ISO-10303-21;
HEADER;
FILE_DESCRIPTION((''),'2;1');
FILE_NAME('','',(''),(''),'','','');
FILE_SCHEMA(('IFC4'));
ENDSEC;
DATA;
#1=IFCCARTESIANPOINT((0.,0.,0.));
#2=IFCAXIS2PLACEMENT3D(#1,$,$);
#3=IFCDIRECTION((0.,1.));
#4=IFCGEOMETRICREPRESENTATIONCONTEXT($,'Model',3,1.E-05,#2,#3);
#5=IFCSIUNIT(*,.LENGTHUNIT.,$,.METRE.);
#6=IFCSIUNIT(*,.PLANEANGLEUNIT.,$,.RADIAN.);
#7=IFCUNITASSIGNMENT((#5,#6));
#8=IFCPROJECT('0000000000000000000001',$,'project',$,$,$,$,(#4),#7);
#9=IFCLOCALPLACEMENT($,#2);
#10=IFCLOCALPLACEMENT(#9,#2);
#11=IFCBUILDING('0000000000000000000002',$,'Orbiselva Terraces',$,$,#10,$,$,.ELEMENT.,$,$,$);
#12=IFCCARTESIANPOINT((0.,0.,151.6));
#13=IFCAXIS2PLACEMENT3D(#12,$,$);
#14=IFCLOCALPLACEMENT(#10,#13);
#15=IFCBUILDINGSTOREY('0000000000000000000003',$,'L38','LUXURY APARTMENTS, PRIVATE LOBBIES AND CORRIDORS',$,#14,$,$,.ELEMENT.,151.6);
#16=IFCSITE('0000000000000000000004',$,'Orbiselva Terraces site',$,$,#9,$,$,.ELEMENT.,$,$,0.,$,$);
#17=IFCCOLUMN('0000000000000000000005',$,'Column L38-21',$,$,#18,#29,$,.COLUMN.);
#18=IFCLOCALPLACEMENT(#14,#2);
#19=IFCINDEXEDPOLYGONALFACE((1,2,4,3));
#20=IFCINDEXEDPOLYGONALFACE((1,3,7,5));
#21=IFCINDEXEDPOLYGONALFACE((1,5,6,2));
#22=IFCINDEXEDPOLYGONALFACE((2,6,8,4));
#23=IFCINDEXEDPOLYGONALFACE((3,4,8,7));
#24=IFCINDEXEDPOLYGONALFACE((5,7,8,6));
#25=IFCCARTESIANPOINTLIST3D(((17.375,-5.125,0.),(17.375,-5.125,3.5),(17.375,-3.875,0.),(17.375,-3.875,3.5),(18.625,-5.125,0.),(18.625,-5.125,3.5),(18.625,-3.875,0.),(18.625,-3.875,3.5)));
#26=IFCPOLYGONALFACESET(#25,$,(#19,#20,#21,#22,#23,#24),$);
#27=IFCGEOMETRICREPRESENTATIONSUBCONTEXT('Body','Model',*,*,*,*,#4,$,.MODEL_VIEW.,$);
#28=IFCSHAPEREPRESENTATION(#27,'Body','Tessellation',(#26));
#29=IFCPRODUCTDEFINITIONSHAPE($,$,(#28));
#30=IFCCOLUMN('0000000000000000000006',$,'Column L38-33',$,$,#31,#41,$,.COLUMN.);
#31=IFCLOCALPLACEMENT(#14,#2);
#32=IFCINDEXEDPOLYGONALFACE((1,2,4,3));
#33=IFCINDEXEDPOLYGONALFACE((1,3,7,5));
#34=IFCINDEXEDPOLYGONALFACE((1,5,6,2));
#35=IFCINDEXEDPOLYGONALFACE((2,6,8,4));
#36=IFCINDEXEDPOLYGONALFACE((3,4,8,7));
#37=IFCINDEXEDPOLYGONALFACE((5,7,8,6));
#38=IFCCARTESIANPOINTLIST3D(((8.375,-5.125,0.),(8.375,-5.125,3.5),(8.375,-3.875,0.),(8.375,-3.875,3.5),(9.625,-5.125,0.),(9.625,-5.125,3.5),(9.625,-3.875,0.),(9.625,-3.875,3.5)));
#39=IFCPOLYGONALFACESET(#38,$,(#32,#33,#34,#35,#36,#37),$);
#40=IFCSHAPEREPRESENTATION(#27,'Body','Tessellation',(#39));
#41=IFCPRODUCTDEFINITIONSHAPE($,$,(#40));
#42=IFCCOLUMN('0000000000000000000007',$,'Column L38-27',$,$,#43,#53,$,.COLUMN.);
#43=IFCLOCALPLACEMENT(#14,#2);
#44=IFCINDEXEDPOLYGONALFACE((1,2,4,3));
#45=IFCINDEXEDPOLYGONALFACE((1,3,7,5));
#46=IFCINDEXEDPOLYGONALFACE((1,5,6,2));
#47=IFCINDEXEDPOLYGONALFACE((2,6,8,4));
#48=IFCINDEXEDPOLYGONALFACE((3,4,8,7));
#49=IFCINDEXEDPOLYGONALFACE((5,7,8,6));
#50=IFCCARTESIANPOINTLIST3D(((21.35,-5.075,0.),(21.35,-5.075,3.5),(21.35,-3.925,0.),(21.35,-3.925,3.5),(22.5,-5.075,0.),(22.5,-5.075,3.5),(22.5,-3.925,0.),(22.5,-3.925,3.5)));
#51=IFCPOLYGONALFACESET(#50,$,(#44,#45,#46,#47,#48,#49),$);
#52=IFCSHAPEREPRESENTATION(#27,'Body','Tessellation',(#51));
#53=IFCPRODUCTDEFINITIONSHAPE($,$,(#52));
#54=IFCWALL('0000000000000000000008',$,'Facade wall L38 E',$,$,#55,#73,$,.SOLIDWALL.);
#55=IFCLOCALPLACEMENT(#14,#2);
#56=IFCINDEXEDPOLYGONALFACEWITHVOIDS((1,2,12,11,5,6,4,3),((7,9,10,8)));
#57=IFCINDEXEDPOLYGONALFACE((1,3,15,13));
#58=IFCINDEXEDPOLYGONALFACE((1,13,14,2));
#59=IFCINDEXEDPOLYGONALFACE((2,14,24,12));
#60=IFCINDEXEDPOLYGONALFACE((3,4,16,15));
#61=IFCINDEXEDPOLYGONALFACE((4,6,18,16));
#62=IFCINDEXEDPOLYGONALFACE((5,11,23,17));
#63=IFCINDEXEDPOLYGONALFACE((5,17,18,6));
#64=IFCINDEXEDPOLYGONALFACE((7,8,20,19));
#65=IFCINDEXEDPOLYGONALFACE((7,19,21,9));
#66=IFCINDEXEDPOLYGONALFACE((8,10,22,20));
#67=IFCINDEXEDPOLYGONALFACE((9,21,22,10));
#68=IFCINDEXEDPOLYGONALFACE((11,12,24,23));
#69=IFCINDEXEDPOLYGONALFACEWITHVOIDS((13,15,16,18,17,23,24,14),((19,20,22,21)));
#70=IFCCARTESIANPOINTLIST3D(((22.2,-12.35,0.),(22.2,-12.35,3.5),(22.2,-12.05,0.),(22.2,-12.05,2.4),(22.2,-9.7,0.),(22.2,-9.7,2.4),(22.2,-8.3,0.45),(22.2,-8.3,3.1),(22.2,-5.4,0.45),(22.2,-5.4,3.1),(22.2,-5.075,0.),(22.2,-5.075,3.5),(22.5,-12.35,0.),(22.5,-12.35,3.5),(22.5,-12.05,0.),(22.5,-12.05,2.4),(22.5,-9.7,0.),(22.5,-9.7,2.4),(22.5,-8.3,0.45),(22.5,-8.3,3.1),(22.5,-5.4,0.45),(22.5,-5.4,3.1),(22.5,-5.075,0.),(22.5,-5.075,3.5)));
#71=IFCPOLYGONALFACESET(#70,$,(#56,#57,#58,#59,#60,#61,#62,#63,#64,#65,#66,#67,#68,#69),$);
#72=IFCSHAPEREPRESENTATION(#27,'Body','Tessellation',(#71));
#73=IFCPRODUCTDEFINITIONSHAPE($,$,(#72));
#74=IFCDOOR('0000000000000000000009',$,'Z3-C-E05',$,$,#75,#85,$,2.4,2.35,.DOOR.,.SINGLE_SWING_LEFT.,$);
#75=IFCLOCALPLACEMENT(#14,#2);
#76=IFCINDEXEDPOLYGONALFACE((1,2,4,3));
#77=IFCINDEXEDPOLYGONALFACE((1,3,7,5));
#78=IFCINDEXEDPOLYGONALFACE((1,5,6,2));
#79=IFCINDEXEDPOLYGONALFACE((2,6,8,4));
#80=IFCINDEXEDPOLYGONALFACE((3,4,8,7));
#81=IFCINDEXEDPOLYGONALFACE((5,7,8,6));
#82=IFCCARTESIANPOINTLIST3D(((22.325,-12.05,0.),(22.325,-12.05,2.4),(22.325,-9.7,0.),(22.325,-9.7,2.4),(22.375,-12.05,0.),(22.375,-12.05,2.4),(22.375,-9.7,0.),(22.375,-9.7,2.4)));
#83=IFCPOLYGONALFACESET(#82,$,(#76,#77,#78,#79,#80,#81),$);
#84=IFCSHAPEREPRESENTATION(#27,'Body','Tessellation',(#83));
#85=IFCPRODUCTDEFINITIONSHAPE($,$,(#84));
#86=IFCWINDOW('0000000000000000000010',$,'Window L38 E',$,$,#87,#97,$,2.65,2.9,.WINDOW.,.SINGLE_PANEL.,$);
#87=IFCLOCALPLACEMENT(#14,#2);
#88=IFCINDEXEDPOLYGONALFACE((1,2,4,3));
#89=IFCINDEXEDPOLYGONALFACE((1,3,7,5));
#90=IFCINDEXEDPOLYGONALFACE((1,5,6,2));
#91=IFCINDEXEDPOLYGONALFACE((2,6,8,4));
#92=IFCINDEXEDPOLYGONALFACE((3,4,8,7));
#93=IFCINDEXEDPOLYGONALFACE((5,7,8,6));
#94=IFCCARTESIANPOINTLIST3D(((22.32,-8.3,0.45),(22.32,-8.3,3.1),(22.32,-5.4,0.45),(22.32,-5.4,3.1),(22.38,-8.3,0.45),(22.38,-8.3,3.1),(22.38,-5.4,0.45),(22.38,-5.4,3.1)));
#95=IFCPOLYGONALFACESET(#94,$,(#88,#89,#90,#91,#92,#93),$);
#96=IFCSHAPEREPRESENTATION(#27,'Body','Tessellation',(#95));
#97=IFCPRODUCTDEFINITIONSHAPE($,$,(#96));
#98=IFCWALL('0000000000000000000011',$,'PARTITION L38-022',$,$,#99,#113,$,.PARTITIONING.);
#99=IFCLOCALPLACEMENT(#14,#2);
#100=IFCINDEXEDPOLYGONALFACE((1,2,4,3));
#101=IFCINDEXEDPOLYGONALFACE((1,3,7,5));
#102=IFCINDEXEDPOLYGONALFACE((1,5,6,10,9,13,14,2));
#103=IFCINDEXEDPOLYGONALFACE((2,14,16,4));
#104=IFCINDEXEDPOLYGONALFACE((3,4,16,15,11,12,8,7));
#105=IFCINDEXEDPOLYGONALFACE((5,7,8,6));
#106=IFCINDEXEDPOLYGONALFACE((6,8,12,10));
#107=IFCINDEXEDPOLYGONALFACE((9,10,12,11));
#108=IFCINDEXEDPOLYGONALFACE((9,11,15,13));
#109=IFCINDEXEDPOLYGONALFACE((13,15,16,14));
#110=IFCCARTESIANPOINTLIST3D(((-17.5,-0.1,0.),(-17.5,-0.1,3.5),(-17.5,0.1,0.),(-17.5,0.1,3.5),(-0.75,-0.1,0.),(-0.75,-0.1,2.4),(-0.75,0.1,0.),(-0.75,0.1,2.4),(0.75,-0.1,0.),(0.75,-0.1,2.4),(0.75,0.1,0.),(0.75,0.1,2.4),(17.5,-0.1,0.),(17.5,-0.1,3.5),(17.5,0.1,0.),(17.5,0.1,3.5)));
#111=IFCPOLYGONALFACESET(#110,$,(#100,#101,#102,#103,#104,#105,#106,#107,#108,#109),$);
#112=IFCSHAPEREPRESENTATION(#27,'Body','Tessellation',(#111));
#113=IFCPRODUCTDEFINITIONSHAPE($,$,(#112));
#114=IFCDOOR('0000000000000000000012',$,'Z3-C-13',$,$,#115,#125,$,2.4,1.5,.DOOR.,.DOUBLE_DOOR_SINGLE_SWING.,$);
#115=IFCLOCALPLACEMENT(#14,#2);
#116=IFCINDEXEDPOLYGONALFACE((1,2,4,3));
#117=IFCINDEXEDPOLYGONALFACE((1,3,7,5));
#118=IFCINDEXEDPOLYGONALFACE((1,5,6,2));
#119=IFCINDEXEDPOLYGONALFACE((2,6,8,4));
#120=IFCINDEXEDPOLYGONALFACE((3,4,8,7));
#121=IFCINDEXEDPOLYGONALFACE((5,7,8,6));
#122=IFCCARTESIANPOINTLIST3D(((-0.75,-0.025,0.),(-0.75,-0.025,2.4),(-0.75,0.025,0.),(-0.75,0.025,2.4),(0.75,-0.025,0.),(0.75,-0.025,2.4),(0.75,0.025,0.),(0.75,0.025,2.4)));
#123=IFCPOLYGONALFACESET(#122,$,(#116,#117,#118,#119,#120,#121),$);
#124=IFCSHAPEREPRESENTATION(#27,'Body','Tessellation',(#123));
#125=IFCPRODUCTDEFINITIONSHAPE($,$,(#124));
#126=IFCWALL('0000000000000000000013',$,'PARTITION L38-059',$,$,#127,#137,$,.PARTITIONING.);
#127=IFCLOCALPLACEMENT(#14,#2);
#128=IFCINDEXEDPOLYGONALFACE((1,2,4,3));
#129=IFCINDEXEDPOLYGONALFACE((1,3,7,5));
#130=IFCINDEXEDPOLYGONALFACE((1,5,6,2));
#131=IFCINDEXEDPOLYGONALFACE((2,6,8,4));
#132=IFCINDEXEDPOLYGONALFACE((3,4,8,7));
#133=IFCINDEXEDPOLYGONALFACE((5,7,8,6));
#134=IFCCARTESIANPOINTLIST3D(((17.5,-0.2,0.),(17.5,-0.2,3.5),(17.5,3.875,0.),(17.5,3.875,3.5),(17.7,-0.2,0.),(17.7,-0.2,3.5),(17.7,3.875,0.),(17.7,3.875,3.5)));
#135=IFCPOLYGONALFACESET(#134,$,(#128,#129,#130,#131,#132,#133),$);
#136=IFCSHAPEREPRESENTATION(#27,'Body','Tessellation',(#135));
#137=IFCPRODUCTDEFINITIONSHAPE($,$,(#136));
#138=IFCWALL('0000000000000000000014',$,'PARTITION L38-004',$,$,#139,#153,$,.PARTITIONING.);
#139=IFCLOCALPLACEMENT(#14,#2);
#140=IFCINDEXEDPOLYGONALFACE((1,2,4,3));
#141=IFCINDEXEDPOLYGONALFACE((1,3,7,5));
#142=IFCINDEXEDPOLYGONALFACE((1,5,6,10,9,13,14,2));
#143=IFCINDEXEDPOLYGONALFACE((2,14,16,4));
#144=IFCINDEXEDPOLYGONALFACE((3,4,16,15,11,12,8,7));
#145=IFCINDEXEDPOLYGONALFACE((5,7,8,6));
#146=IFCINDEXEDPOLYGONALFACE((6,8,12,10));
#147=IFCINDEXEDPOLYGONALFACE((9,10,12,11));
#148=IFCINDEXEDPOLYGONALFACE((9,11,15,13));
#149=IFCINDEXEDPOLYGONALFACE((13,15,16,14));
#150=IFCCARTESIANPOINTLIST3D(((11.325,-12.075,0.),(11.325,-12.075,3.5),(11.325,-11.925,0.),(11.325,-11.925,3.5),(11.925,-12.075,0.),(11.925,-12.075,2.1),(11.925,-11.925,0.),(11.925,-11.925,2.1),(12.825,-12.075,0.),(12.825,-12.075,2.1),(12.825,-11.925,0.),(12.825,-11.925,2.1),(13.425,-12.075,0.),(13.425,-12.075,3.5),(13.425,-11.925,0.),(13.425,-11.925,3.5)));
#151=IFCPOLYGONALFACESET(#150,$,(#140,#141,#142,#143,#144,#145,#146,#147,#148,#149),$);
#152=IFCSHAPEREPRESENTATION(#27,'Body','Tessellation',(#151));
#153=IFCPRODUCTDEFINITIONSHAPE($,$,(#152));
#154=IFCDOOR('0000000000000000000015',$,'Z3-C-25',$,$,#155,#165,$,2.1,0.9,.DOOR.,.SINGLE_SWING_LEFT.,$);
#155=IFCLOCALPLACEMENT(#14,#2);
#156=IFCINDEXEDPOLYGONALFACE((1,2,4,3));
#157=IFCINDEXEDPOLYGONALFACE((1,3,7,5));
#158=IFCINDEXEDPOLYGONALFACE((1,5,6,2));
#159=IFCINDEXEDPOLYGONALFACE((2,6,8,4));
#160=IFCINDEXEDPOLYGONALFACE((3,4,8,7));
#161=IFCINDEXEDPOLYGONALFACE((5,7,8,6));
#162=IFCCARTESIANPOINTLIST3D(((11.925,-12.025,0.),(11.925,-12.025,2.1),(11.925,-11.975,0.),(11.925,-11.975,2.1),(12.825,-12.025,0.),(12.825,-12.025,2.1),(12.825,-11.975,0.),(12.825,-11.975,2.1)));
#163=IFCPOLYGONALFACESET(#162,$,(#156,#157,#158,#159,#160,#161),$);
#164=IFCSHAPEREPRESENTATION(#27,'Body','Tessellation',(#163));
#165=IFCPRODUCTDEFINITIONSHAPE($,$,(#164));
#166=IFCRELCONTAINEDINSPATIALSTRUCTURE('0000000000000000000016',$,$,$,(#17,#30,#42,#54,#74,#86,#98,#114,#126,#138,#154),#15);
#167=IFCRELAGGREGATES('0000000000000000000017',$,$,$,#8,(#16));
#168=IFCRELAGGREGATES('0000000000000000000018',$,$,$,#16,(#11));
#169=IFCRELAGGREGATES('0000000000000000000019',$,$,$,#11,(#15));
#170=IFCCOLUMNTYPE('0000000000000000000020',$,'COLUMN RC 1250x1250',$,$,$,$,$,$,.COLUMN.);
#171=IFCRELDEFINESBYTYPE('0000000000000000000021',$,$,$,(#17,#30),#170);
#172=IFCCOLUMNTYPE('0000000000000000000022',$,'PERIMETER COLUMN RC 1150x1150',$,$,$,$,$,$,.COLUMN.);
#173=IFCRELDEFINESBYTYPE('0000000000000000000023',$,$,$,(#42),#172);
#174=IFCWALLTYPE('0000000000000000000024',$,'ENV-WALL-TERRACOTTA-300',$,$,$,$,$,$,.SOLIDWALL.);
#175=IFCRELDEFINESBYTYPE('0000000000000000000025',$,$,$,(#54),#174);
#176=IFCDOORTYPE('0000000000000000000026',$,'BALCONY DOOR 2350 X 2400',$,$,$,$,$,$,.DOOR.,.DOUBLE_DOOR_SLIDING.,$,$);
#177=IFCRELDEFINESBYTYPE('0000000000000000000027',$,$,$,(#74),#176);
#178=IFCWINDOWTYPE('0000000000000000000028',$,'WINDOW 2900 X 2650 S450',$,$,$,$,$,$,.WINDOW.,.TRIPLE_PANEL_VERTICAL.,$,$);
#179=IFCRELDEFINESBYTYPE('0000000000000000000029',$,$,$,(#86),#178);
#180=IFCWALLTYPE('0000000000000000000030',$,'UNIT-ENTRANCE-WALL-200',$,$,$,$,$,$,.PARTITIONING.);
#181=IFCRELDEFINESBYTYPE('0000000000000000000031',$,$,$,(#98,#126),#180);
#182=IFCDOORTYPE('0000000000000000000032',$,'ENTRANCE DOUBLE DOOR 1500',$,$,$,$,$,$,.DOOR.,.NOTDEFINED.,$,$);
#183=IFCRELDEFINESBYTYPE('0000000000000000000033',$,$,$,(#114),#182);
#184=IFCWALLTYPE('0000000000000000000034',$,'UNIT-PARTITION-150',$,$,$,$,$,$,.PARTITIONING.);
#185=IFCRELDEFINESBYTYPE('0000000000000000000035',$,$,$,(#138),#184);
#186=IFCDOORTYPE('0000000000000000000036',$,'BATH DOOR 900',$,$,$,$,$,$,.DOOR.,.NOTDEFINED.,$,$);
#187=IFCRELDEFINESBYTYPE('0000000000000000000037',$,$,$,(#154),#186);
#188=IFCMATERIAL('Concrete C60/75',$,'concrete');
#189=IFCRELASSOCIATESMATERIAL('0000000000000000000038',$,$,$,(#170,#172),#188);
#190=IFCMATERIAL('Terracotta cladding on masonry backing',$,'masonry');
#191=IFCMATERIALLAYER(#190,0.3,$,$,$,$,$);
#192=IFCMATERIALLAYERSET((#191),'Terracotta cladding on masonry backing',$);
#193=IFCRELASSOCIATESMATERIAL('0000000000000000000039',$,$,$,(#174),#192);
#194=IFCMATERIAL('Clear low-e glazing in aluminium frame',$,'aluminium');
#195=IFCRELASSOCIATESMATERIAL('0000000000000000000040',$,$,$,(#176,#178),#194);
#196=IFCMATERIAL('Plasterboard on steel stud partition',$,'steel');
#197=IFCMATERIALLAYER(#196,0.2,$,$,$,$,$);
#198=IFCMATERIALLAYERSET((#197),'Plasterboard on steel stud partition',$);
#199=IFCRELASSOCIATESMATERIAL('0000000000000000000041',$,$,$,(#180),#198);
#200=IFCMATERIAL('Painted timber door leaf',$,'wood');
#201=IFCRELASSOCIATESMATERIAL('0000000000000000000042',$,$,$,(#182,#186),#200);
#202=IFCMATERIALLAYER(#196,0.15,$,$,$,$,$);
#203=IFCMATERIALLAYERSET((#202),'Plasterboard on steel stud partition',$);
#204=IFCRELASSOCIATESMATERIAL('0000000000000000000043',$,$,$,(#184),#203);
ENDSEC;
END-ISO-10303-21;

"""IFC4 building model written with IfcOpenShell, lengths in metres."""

from ifc_helpers import new_model, si_unit, direction, frame, frame_2d, origin, origin_2d, place, context, subcontext, project, spatial, rectangle, extrude, material, layer, layer_set, material_profile, profile_set, type_object, element, fill, save


model = new_model("IFC4")

# Units and contexts
model_context = context("Model", 3, precision=1e-05, world=origin(), true_north=direction((0.0, 1.0)))
body_context = subcontext(model_context, "Body", "Model", "MODEL_VIEW")
ifc_project = project(units=[si_unit("LENGTHUNIT", "METRE"), si_unit("PLANEANGLEUNIT", "RADIAN")], contexts=[model_context])

# Site, building, storey
site_placement = place(None, origin())
site = spatial("IfcSite", under=ifc_project, at=site_placement, Name="Orbiselva Terraces site", CompositionType="ELEMENT", RefElevation=0.0)
building_placement = place(site_placement, origin())
building = spatial("IfcBuilding", under=site, at=building_placement, Name="Orbiselva Terraces", CompositionType="ELEMENT")
storey_placement = place(building_placement, frame((0.0, 0.0, 151.6)))
storey = spatial("IfcBuildingStorey", under=building, at=storey_placement, Name="L38", Description="LUXURY APARTMENTS, PRIVATE LOBBIES AND CORRIDORS", CompositionType="ELEMENT", Elevation=151.6)

# Columns
ifc_material_1 = material(Name="Concrete C60/75", Category="concrete")
ifc_material_profile_1 = material_profile(ifc_material_1, rectangle(XDim=1.25, YDim=1.25, at=origin_2d()), Name="RC 1250x1250")
ifc_profile_set_1 = profile_set([ifc_material_profile_1], Name="Concrete C60/75")
column_type_1 = type_object("IfcColumnType", Name="COLUMN RC 1250x1250", PredefinedType="COLUMN", material=ifc_profile_set_1)
for number, where, z_axis, x_axis, name in (
    (1, (18.0, -4.5, 0.0), (0.0, 0.0, 1.0), (1.0, 0.0, 0.0), "Column L38-21"),
    (2, (9.0, -4.5, 0.0), (0.0, 0.0, 1.0), (1.0, 0.0, 0.0), "Column L38-33"),
):
    element("IfcColumn", number, at=place(storey_placement, frame(where, z_axis=z_axis, x_axis=x_axis)), inside=storey, type_object=column_type_1, Name=name, PredefinedType="COLUMN", context=body_context, shape_type="SweptSolid", body=[
        extrude(rectangle(XDim=1.25, YDim=1.25, at=origin_2d()), origin(), (0.0, 0.0, 1.0), 3.5),
    ])
ifc_material_profile_2 = material_profile(ifc_material_1, rectangle(XDim=1.15, YDim=1.15, at=origin_2d()), Name="RC 1150x1150")
ifc_profile_set_2 = profile_set([ifc_material_profile_2], Name="Concrete C60/75")
column_type_2 = type_object("IfcColumnType", Name="PERIMETER COLUMN RC 1150x1150", PredefinedType="COLUMN", material=ifc_profile_set_2)
column_placement = place(storey_placement, frame((21.925, -4.5, 0.0), z_axis=(0.0, 0.0, 1.0), x_axis=(1.0, 0.0, 0.0)))
element("IfcColumn", 3, at=column_placement, inside=storey, type_object=column_type_2, Name="Column L38-27", PredefinedType="COLUMN", context=body_context, shape_type="SweptSolid", body=[
    extrude(rectangle(XDim=1.15, YDim=1.15, at=origin_2d()), origin(), (0.0, 0.0, 1.0), 3.5),
])

# Wall, openings, door, window
ifc_material_2 = material(Name="Terracotta cladding on masonry backing", Category="masonry")
ifc_layer_1 = layer(ifc_material_2, 0.3)
ifc_layer_set_1 = layer_set([ifc_layer_1], Name="Terracotta cladding on masonry backing")
wall_type_1 = type_object("IfcWallType", Name="ENV-WALL-TERRACOTTA-300", PredefinedType="SOLIDWALL", material=ifc_layer_set_1)
wall_1_placement = place(storey_placement, frame((22.35, -5.075, 0.0), z_axis=(0.0, 0.0, 1.0), x_axis=(0.0, -1.0, 0.0)))
wall_1 = element("IfcWall", 4, at=wall_1_placement, inside=storey, type_object=wall_type_1, Name="Facade wall L38 E", PredefinedType="SOLIDWALL", context=body_context, shape_type="SweptSolid", body=[
    extrude(rectangle(XDim=7.275, YDim=0.3, at=frame_2d((3.6375, 0.0))), origin(), (0.0, 0.0, 1.0), 3.5),
])
opening_1_placement = place(wall_1_placement, frame((4.625, 0.0, 0.0)))
opening_1 = element("IfcOpeningElement", 5, at=opening_1_placement, cuts=wall_1, PredefinedType="OPENING", context=body_context, shape_type="SweptSolid", body=[
    extrude(rectangle(XDim=2.35, YDim=2.4, at=frame_2d((1.175, 1.2))), frame((0.0, 0.16, 0.0), z_axis=(0.0, -1.0, 0.0), x_axis=(1.0, 0.0, 0.0)), (0.0, 0.0, 1.0), 0.32),
])
opening_2_placement = place(wall_1_placement, frame((0.325, 0.0, 0.45)))
opening_2 = element("IfcOpeningElement", 6, at=opening_2_placement, cuts=wall_1, PredefinedType="OPENING", context=body_context, shape_type="SweptSolid", body=[
    extrude(rectangle(XDim=2.9, YDim=2.65, at=frame_2d((1.45, 1.325))), frame((0.0, 0.16, 0.0), z_axis=(0.0, -1.0, 0.0), x_axis=(1.0, 0.0, 0.0)), (0.0, 0.0, 1.0), 0.32),
])
ifc_material_3 = material(Name="Clear low-e glazing in aluminium frame", Category="aluminium")
door_type_1 = type_object("IfcDoorType", Name="BALCONY DOOR 2350 X 2400", OperationType="DOUBLE_DOOR_SLIDING", PredefinedType="DOOR", material=ifc_material_3)
door_1_placement = place(opening_1_placement, origin())
door_1 = element("IfcDoor", 7, at=door_1_placement, inside=storey, type_object=door_type_1, Name="Z3-C-E05", OperationType="SINGLE_SWING_LEFT", OverallHeight=2.4, OverallWidth=2.35, PredefinedType="DOOR", context=body_context, shape_type="SweptSolid", body=[
    extrude(rectangle(XDim=2.35, YDim=2.4, at=frame_2d((1.175, 1.2))), frame((0.0, 0.025, 0.0), z_axis=(0.0, -1.0, 0.0), x_axis=(1.0, 0.0, 0.0)), (0.0, 0.0, 1.0), 0.05),
])
fill(opening_1, door_1)
window_type = type_object("IfcWindowType", Name="WINDOW 2900 X 2650 S450", PartitioningType="TRIPLE_PANEL_VERTICAL", PredefinedType="WINDOW", material=ifc_material_3)
window_placement = place(opening_2_placement, origin())
window = element("IfcWindow", 8, at=window_placement, inside=storey, type_object=window_type, Name="Window L38 E", OverallHeight=2.65, OverallWidth=2.9, PartitioningType="SINGLE_PANEL", PredefinedType="WINDOW", context=body_context, shape_type="SweptSolid", body=[
    extrude(rectangle(XDim=2.9, YDim=2.65, at=frame_2d((1.45, 1.325))), frame((0.0, 0.03, 0.0), z_axis=(0.0, -1.0, 0.0), x_axis=(1.0, 0.0, 0.0)), (0.0, 0.0, 1.0), 0.06),
])
fill(opening_2, window)

# Wall, opening, door
ifc_material_4 = material(Name="Plasterboard on steel stud partition", Category="steel")
ifc_layer_2 = layer(ifc_material_4, 0.2)
ifc_layer_set_2 = layer_set([ifc_layer_2], Name="Plasterboard on steel stud partition")
wall_type_2 = type_object("IfcWallType", Name="UNIT-ENTRANCE-WALL-200", PredefinedType="PARTITIONING", material=ifc_layer_set_2)
wall_2_placement = place(storey_placement, frame((17.5, 0.0, 0.0), z_axis=(0.0, 0.0, 1.0), x_axis=(-1.0, 0.0, 0.0)))
wall_2 = element("IfcWall", 9, at=wall_2_placement, inside=storey, type_object=wall_type_2, Name="PARTITION L38-022", PredefinedType="PARTITIONING", context=body_context, shape_type="SweptSolid", body=[
    extrude(rectangle(XDim=35.0, YDim=0.2, at=frame_2d((17.5, 0.0))), origin(), (0.0, 0.0, 1.0), 3.5),
])
opening_3_placement = place(wall_2_placement, frame((16.75, 0.0, 0.0)))
opening_3 = element("IfcOpeningElement", 10, at=opening_3_placement, cuts=wall_2, PredefinedType="OPENING", context=body_context, shape_type="SweptSolid", body=[
    extrude(rectangle(XDim=1.5, YDim=2.4, at=frame_2d((0.75, 1.2))), frame((0.0, 0.11, 0.0), z_axis=(0.0, -1.0, 0.0), x_axis=(1.0, 0.0, 0.0)), (0.0, 0.0, 1.0), 0.22),
])
ifc_material_5 = material(Name="Painted timber door leaf", Category="wood")
door_type_2 = type_object("IfcDoorType", Name="ENTRANCE DOUBLE DOOR 1500", OperationType="NOTDEFINED", PredefinedType="DOOR", material=ifc_material_5)
door_2_placement = place(opening_3_placement, origin())
door_2 = element("IfcDoor", 11, at=door_2_placement, inside=storey, type_object=door_type_2, Name="Z3-C-13", OperationType="DOUBLE_DOOR_SINGLE_SWING", OverallHeight=2.4, OverallWidth=1.5, PredefinedType="DOOR", context=body_context, shape_type="SweptSolid", body=[
    extrude(rectangle(XDim=1.5, YDim=2.4, at=frame_2d((0.75, 1.2))), frame((0.0, 0.025, 0.0), z_axis=(0.0, -1.0, 0.0), x_axis=(1.0, 0.0, 0.0)), (0.0, 0.0, 1.0), 0.05),
])
fill(opening_3, door_2)

# Wall
wall_3_placement = place(storey_placement, frame((17.6, -0.2, 0.0), z_axis=(0.0, 0.0, 1.0), x_axis=(0.0, 1.0, 0.0)))
element("IfcWall", 12, at=wall_3_placement, inside=storey, type_object=wall_type_2, Name="PARTITION L38-059", PredefinedType="PARTITIONING", context=body_context, shape_type="SweptSolid", body=[
    extrude(rectangle(XDim=4.075, YDim=0.2, at=frame_2d((2.0375, 0.0))), origin(), (0.0, 0.0, 1.0), 3.5),
])

# Wall, opening, door
ifc_layer_3 = layer(ifc_material_4, 0.15)
ifc_layer_set_3 = layer_set([ifc_layer_3], Name="Plasterboard on steel stud partition")
wall_type_3 = type_object("IfcWallType", Name="UNIT-PARTITION-150", PredefinedType="PARTITIONING", material=ifc_layer_set_3)
wall_4_placement = place(storey_placement, frame((11.325, -12.0, 0.0), z_axis=(0.0, 0.0, 1.0), x_axis=(1.0, 0.0, 0.0)))
wall_4 = element("IfcWall", 13, at=wall_4_placement, inside=storey, type_object=wall_type_3, Name="PARTITION L38-004", PredefinedType="PARTITIONING", context=body_context, shape_type="SweptSolid", body=[
    extrude(rectangle(XDim=2.1, YDim=0.15, at=frame_2d((1.05, 0.0))), origin(), (0.0, 0.0, 1.0), 3.5),
])
opening_4_placement = place(wall_4_placement, frame((0.6, 0.0, 0.0)))
opening_4 = element("IfcOpeningElement", 14, at=opening_4_placement, cuts=wall_4, PredefinedType="OPENING", context=body_context, shape_type="SweptSolid", body=[
    extrude(rectangle(XDim=0.9, YDim=2.1, at=frame_2d((0.45, 1.05))), frame((0.0, 0.085, 0.0), z_axis=(0.0, -1.0, 0.0), x_axis=(1.0, 0.0, 0.0)), (0.0, 0.0, 1.0), 0.17),
])
door_type_3 = type_object("IfcDoorType", Name="BATH DOOR 900", OperationType="NOTDEFINED", PredefinedType="DOOR", material=ifc_material_5)
door_3_placement = place(opening_4_placement, origin())
door_3 = element("IfcDoor", 15, at=door_3_placement, inside=storey, type_object=door_type_3, Name="Z3-C-25", OperationType="SINGLE_SWING_LEFT", OverallHeight=2.1, OverallWidth=0.9, PredefinedType="DOOR", context=body_context, shape_type="SweptSolid", body=[
    extrude(rectangle(XDim=0.9, YDim=2.1, at=frame_2d((0.45, 1.05))), frame((0.0, 0.025, 0.0), z_axis=(0.0, -1.0, 0.0), x_axis=(1.0, 0.0, 0.0)), (0.0, 0.0, 1.0), 0.05),
])
fill(opening_4, door_3)

save(model, "model.ifc")
